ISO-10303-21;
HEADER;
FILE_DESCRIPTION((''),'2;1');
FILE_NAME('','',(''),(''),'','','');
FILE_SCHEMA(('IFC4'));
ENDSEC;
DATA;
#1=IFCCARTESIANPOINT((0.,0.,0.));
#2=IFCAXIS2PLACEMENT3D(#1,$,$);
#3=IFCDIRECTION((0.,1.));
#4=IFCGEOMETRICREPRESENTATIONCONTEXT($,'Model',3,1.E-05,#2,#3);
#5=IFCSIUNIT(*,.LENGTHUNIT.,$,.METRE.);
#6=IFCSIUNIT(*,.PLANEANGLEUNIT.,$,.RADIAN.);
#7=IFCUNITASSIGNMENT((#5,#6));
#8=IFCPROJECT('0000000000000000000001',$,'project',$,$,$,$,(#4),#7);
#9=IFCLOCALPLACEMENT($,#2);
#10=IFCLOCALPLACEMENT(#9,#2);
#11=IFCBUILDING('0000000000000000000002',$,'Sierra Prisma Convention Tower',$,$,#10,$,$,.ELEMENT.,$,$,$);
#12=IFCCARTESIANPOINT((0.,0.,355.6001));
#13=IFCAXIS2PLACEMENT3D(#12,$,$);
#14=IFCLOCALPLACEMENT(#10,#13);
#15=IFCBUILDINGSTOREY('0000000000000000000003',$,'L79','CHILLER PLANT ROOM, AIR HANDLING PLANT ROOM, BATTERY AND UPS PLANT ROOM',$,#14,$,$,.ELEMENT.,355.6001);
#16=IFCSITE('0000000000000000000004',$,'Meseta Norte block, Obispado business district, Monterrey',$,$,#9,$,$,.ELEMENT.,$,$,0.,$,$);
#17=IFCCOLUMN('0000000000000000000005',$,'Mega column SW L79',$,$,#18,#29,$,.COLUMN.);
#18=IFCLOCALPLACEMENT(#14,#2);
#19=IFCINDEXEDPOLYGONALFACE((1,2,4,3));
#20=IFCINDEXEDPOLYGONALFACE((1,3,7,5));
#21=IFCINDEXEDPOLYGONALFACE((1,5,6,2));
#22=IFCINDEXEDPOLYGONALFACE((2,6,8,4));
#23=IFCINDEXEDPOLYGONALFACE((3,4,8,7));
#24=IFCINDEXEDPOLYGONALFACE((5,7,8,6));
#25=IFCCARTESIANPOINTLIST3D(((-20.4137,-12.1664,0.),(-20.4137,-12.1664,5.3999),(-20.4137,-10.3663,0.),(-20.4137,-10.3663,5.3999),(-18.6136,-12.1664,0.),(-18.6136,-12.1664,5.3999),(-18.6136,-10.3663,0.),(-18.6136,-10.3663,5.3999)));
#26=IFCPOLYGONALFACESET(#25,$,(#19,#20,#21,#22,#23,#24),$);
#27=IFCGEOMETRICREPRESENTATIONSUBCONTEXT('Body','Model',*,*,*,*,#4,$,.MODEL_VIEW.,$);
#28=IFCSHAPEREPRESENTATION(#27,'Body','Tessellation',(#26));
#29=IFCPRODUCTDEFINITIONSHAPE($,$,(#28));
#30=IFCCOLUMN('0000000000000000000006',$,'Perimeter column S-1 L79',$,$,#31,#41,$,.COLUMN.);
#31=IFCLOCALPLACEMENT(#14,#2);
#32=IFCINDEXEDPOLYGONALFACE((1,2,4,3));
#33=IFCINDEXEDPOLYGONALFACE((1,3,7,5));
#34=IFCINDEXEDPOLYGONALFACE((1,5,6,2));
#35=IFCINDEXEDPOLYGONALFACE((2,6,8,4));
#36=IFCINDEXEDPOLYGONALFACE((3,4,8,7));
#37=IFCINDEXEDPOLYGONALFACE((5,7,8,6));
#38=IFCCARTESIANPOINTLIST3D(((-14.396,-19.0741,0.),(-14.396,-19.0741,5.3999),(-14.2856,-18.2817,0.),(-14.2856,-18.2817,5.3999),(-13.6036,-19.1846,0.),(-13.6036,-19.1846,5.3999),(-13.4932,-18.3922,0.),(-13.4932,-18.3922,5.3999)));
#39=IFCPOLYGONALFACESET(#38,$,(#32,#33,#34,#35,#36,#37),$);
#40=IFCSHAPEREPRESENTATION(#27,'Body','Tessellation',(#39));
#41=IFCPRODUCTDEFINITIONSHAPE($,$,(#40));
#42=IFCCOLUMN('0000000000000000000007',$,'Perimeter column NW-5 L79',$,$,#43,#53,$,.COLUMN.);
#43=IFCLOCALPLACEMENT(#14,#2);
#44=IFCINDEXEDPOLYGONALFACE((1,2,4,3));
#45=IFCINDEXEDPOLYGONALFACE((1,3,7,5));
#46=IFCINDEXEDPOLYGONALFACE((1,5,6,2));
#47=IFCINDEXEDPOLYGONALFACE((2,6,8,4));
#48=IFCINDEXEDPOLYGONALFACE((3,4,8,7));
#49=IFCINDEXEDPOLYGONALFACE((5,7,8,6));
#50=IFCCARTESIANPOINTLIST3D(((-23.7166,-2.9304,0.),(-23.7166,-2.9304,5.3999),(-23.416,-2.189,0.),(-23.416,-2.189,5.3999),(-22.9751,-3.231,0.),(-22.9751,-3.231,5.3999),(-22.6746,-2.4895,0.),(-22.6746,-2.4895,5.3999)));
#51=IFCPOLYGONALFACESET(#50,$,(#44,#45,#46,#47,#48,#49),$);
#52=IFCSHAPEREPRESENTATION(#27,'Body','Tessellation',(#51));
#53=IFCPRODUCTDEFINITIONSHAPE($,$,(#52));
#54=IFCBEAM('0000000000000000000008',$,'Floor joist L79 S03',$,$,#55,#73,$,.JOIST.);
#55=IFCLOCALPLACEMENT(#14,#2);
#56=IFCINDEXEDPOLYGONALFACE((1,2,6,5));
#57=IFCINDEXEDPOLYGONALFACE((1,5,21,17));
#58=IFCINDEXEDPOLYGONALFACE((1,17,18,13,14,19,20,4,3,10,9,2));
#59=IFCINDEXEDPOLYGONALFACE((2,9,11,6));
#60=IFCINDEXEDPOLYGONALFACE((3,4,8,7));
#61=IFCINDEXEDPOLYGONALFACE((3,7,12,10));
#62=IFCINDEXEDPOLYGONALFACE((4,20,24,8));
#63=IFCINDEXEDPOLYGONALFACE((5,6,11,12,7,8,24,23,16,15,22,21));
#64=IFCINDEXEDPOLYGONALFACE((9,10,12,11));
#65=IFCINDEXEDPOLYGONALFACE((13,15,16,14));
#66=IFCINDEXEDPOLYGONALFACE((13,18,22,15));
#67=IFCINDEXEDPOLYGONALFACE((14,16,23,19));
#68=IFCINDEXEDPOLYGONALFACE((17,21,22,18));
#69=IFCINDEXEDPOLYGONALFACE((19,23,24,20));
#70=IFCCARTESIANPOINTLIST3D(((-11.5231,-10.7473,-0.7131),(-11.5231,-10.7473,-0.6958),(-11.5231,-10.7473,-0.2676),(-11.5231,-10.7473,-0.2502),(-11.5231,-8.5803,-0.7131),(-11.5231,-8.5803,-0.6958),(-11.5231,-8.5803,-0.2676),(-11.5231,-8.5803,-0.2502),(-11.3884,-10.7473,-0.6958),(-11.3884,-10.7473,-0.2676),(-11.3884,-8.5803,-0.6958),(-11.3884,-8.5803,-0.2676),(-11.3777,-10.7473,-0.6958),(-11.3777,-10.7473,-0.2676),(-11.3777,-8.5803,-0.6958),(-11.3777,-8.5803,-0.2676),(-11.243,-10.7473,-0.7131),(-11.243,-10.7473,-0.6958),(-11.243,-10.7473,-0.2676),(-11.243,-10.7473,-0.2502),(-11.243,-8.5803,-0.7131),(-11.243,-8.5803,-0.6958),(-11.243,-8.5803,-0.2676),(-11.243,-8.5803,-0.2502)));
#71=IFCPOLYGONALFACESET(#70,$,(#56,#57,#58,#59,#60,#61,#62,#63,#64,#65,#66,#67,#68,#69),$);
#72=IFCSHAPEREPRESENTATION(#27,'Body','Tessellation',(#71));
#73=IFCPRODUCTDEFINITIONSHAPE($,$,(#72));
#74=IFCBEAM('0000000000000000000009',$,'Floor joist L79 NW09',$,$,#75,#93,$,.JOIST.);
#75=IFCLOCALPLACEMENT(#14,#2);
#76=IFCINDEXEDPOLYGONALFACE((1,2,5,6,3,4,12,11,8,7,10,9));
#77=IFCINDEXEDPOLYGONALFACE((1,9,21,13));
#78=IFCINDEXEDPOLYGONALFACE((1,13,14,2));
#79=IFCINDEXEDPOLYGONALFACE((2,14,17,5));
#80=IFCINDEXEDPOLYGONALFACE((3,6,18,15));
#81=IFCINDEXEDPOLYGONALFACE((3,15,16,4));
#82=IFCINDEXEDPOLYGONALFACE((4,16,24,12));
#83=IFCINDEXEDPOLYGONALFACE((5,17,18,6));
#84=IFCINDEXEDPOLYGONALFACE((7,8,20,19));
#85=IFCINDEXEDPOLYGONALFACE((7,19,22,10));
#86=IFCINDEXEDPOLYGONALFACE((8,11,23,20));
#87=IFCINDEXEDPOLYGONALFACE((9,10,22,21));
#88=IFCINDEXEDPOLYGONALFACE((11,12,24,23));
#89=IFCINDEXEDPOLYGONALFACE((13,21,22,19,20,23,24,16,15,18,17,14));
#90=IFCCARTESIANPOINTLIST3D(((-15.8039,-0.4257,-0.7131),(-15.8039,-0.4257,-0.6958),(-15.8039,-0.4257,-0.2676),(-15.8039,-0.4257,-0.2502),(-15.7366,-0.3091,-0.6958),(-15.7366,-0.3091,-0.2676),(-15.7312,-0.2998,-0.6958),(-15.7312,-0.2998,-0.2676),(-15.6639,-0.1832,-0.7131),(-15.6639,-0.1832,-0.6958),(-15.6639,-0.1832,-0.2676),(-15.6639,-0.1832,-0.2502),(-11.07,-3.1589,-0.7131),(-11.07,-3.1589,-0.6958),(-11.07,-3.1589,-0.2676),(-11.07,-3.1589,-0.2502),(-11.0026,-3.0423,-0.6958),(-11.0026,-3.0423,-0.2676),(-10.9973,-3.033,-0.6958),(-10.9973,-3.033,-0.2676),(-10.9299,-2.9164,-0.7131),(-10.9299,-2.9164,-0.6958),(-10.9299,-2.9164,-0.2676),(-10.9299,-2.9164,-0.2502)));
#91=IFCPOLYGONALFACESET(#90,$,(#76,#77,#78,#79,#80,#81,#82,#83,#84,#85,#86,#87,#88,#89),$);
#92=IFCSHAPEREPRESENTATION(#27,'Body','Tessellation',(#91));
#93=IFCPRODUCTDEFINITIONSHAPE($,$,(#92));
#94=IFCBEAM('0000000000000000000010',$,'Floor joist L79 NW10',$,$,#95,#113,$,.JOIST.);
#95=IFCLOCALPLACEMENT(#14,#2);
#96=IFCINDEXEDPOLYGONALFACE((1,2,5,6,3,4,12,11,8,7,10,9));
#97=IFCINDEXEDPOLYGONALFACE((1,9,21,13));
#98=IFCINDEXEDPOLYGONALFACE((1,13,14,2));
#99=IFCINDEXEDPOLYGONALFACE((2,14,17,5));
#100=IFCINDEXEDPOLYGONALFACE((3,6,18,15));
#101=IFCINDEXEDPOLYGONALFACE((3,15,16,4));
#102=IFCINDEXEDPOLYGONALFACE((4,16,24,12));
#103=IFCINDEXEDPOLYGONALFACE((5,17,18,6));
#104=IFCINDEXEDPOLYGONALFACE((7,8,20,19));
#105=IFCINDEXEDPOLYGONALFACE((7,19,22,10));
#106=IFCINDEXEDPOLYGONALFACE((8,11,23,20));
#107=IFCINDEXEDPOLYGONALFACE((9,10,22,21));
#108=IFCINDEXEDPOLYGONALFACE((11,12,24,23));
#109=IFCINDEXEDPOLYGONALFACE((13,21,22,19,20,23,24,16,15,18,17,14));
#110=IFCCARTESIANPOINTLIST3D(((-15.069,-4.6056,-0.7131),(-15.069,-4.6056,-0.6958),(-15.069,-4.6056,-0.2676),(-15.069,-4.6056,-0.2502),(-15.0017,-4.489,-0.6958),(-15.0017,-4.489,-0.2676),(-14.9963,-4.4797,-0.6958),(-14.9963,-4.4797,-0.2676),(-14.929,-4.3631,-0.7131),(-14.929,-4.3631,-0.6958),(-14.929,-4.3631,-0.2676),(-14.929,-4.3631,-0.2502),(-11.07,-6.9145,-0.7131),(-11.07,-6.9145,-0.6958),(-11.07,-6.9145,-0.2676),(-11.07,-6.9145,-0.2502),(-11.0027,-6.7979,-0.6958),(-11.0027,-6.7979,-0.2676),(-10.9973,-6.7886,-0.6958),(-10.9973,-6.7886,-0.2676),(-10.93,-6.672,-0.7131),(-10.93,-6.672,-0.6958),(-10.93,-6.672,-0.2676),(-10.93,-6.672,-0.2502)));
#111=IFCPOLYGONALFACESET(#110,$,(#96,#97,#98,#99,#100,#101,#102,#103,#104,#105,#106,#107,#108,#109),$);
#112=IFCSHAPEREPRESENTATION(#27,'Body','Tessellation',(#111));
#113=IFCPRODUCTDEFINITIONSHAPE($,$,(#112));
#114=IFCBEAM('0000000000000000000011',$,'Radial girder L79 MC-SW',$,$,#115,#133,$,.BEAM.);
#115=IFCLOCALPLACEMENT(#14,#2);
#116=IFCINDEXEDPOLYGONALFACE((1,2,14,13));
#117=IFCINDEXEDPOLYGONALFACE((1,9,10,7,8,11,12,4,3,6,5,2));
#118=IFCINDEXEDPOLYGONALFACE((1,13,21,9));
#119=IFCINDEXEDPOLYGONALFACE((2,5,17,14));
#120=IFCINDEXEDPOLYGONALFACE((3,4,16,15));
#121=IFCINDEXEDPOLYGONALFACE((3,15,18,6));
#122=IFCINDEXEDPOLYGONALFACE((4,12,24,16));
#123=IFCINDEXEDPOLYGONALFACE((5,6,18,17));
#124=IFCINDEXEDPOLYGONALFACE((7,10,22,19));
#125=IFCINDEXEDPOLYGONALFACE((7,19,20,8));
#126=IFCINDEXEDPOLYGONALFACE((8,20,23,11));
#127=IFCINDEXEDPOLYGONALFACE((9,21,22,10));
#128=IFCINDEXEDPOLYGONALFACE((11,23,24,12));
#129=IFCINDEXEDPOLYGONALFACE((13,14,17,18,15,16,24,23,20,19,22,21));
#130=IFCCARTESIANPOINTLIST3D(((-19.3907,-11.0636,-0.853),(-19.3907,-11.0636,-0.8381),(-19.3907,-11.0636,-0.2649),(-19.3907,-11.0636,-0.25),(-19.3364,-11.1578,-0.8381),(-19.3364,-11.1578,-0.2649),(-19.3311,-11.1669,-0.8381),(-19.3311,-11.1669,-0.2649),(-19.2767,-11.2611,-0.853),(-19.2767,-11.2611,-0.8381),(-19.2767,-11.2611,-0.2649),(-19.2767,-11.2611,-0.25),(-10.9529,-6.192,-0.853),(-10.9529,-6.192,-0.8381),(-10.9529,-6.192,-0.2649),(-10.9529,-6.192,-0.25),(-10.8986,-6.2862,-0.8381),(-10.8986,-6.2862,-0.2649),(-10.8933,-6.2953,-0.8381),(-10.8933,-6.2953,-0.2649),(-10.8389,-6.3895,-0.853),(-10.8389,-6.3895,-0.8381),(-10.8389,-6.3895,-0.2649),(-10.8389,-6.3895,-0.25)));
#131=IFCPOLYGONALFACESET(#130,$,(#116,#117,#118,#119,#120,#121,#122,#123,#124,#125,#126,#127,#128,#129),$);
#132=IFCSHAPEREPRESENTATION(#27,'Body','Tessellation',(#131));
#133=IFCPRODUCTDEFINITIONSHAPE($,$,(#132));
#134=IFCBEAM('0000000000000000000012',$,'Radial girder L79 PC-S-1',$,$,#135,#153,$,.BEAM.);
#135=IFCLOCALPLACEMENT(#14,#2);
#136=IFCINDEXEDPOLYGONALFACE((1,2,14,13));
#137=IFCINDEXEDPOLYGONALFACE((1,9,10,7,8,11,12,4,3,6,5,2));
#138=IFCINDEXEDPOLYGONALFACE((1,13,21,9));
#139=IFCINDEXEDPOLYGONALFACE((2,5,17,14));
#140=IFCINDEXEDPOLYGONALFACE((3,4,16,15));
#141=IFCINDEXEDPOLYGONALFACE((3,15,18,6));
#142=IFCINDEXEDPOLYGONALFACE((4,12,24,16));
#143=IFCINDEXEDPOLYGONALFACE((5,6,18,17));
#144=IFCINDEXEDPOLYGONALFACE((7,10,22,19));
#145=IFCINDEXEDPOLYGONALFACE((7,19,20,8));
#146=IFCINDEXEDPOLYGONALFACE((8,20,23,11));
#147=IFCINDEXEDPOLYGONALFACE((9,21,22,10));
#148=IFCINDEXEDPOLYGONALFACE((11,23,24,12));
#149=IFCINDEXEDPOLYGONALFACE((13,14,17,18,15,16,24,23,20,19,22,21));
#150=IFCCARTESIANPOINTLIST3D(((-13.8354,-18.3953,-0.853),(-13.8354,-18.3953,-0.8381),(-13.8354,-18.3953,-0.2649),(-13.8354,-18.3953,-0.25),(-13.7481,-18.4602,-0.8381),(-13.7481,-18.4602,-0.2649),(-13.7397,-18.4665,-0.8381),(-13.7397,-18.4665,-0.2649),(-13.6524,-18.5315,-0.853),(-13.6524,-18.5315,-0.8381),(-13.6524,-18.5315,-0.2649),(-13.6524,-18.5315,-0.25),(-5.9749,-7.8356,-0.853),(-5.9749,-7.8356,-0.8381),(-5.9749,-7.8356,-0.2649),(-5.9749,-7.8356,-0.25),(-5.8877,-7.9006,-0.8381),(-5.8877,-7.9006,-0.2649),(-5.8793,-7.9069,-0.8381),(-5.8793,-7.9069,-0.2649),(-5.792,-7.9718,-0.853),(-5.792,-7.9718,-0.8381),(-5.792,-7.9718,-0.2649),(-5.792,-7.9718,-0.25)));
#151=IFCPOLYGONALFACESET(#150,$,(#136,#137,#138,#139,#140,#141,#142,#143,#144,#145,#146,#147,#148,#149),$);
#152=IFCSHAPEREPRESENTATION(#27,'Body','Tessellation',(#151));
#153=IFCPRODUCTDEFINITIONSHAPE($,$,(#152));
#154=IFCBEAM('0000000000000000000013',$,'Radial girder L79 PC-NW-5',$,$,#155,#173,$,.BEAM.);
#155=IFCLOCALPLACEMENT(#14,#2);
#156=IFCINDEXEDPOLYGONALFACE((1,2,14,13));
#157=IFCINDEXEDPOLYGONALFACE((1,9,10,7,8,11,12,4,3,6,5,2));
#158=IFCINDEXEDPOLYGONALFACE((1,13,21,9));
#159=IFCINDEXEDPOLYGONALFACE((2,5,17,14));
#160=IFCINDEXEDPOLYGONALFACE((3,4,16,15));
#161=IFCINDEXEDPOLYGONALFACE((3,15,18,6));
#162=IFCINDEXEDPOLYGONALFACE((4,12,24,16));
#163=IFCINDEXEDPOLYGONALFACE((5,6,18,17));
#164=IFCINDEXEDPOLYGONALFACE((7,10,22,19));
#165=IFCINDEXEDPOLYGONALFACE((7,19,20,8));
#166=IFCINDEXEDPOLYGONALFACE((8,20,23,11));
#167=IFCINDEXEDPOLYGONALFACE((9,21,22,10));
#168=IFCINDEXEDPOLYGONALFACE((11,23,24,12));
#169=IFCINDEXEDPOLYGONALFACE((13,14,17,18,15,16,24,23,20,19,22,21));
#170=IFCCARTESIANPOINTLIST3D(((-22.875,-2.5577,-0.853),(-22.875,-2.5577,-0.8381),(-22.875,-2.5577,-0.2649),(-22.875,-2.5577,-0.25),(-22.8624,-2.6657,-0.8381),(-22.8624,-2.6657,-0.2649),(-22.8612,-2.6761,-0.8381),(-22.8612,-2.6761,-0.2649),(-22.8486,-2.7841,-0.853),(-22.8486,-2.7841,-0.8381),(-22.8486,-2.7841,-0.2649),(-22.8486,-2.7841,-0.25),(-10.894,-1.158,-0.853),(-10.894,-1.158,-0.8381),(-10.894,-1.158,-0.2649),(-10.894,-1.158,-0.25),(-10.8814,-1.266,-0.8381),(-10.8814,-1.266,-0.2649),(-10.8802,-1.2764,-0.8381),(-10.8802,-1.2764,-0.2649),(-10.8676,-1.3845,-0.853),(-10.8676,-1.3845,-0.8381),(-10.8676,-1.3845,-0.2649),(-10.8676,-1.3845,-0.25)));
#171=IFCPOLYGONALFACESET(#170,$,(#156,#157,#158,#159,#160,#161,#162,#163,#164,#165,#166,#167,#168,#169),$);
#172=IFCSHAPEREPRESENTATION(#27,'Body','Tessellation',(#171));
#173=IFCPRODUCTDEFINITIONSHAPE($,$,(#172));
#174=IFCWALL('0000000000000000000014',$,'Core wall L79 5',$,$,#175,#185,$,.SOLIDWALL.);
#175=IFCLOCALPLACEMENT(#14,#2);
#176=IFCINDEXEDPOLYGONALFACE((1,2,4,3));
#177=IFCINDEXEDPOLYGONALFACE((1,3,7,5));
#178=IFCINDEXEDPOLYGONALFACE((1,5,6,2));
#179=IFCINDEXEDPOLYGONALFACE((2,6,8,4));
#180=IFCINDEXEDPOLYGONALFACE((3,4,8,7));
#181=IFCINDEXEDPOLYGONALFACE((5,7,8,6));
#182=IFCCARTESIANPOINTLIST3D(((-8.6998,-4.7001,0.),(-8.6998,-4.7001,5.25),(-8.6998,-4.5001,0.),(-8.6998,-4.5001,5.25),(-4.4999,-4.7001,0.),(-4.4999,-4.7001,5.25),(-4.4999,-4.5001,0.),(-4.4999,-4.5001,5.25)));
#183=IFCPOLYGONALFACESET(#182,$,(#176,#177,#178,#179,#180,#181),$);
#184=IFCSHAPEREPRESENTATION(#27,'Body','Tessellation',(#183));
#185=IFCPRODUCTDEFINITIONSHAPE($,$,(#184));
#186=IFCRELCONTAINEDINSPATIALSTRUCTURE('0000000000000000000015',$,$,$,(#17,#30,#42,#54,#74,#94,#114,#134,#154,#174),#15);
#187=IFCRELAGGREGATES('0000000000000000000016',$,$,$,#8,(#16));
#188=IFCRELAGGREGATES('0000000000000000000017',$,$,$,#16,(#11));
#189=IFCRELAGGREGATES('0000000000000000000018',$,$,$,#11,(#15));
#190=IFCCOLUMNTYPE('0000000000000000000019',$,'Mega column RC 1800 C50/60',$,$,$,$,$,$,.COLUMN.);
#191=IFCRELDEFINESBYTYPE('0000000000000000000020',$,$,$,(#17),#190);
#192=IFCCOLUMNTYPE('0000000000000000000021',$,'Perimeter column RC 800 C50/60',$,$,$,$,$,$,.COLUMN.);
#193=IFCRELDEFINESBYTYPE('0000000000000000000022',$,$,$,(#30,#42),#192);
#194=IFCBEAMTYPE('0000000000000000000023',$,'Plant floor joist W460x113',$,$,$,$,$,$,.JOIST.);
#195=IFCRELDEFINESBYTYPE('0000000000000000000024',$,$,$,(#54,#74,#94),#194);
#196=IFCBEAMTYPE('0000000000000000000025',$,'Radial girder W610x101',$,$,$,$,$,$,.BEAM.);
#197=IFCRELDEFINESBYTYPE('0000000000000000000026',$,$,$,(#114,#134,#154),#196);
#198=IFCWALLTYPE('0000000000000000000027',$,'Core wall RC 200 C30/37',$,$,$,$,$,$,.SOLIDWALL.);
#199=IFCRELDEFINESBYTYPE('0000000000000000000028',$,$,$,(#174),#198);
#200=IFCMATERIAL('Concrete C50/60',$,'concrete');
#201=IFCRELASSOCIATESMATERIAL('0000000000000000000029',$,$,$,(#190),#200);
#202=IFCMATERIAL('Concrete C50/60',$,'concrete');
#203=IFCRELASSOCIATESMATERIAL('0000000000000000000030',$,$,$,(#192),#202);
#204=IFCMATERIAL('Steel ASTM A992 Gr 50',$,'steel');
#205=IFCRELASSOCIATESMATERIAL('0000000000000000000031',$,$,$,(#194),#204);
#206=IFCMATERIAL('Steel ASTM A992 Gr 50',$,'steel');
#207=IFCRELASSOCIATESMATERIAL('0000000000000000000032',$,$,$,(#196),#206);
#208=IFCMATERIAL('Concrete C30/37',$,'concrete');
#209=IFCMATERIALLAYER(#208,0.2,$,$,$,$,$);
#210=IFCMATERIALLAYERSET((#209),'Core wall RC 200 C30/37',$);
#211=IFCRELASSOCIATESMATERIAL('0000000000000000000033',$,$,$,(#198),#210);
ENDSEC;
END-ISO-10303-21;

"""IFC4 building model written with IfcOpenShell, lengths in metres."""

from ifc_helpers import new_model, si_unit, direction, frame, frame_2d, origin, origin_2d, place, context, subcontext, project, spatial, rectangle, i_section, extrude, material, layer, layer_set, material_profile, profile_set, type_object, element, save


model = new_model("IFC4")

# Units and contexts
model_context = context("Model", 3, precision=1e-05, world=origin(), true_north=direction((0.0, 1.0)))
body_context = subcontext(model_context, "Body", "Model", "MODEL_VIEW")
ifc_project = project(units=[si_unit("LENGTHUNIT", "METRE"), si_unit("PLANEANGLEUNIT", "RADIAN")], contexts=[model_context])

# Site, building, storey
site_placement = place(None, origin())
site = spatial("IfcSite", under=ifc_project, at=site_placement, Name="Meseta Norte block, Obispado business district, Monterrey", CompositionType="ELEMENT", RefElevation=0.0)
building_placement = place(site_placement, origin())
building = spatial("IfcBuilding", under=site, at=building_placement, Name="Sierra Prisma Convention Tower", CompositionType="ELEMENT")
storey_placement = place(building_placement, frame((0.0, 0.0, 355.6001)))
storey = spatial("IfcBuildingStorey", under=building, at=storey_placement, Name="L79", Description="CHILLER PLANT ROOM, AIR HANDLING PLANT ROOM, BATTERY AND UPS PLANT ROOM", CompositionType="ELEMENT", Elevation=355.6001)

# Columns
ifc_material_1 = material(Name="Concrete C50/60", Category="concrete")
ifc_material_profile_1 = material_profile(ifc_material_1, rectangle(XDim=1.8, YDim=1.8, at=origin_2d()), Name="Mega column RC 1800 C50/60")
ifc_profile_set_1 = profile_set([ifc_material_profile_1], Name="Concrete C50/60")
column_type_1 = type_object("IfcColumnType", Name="Mega column RC 1800 C50/60", PredefinedType="COLUMN", material=ifc_profile_set_1)
column_placement = place(storey_placement, frame((-19.5137, -11.2664, 0.0), z_axis=(0.0, 0.0, 1.0), x_axis=(1.0, 0.0, 0.0)))
element("IfcColumn", 1, at=column_placement, inside=storey, type_object=column_type_1, Name="Mega column SW L79", PredefinedType="COLUMN", context=body_context, shape_type="SweptSolid", body=[
    extrude(rectangle(XDim=1.8, YDim=1.8, at=origin_2d()), origin(), (0.0, 0.0, 1.0), 5.3999),
])
ifc_material_2 = material(Name="Concrete C50/60", Category="concrete")
ifc_material_profile_2 = material_profile(ifc_material_2, rectangle(XDim=0.8, YDim=0.8, at=origin_2d()), Name="Perimeter column RC 800 C50/60")
ifc_profile_set_2 = profile_set([ifc_material_profile_2], Name="Concrete C50/60")
column_type_2 = type_object("IfcColumnType", Name="Perimeter column RC 800 C50/60", PredefinedType="COLUMN", material=ifc_profile_set_2)
for number, where, z_axis, x_axis, name in (
    (2, (-13.9446, -18.7332, 0.0), (0.0, 0.0, 1.0), (-0.990429, 0.13802, 0.0), "Perimeter column S-1 L79"),
    (3, (-23.1956, -2.71, 0.0), (0.0, 0.0, 1.0), (0.375686, 0.926747, 0.0), "Perimeter column NW-5 L79"),
):
    element("IfcColumn", number, at=place(storey_placement, frame(where, z_axis=z_axis, x_axis=x_axis)), inside=storey, type_object=column_type_2, Name=name, PredefinedType="COLUMN", context=body_context, shape_type="SweptSolid", body=[
        extrude(rectangle(XDim=0.8, YDim=0.8, at=origin_2d()), origin(), (0.0, 0.0, 1.0), 5.3999),
    ])

# Beams
ifc_material_3 = material(Name="Steel ASTM A992 Gr 50", Category="steel")
ifc_material_profile_3 = material_profile(ifc_material_3, i_section(OverallWidth=0.28, OverallDepth=0.4629, WebThickness=0.0107, FlangeThickness=0.0173, at=origin_2d()), Name="W460x113")
ifc_profile_set_3 = profile_set([ifc_material_profile_3], Name="Steel ASTM A992 Gr 50")
beam_type_1 = type_object("IfcBeamType", Name="Plant floor joist W460x113", PredefinedType="JOIST", material=ifc_profile_set_3)
beam_1_placement = place(storey_placement, frame((-11.3831, -10.7473, -0.4817), z_axis=(0.0, 1.0, 0.0), x_axis=(-1.0, 0.0, 0.0)))
element("IfcBeam", 4, at=beam_1_placement, inside=storey, type_object=beam_type_1, Name="Floor joist L79 S03", PredefinedType="JOIST", context=body_context, shape_type="SweptSolid", body=[
    extrude(i_section(OverallWidth=0.28, OverallDepth=0.4629, WebThickness=0.0107, FlangeThickness=0.0173, at=origin_2d()), origin(), (0.0, 0.0, 1.0), 2.167),
])
beam_2_placement = place(storey_placement, frame((-15.7339, -0.3044, -0.4817), z_axis=(0.866022, -0.500006, 0.0), x_axis=(0.500006, 0.866022, 0.0)))
element("IfcBeam", 5, at=beam_2_placement, inside=storey, type_object=beam_type_1, Name="Floor joist L79 NW09", PredefinedType="JOIST", context=body_context, shape_type="SweptSolid", body=[
    extrude(i_section(OverallWidth=0.28, OverallDepth=0.4629, WebThickness=0.0107, FlangeThickness=0.0173, at=origin_2d()), origin(), (0.0, 0.0, 1.0), 5.4663),
])
beam_3_placement = place(storey_placement, frame((-14.999, -4.4844, -0.4817), z_axis=(0.866025, -0.5, 0.0), x_axis=(0.5, 0.866025, 0.0)))
element("IfcBeam", 6, at=beam_3_placement, inside=storey, type_object=beam_type_1, Name="Floor joist L79 NW10", PredefinedType="JOIST", context=body_context, shape_type="SweptSolid", body=[
    extrude(i_section(OverallWidth=0.28, OverallDepth=0.4629, WebThickness=0.0107, FlangeThickness=0.0173, at=origin_2d()), origin(), (0.0, 0.0, 1.0), 4.6177),
])
ifc_material_4 = material(Name="Steel ASTM A992 Gr 50", Category="steel")
ifc_material_profile_4 = material_profile(ifc_material_4, i_section(OverallWidth=0.228, OverallDepth=0.603, WebThickness=0.0105, FlangeThickness=0.0149, at=origin_2d()), Name="W610x101")
ifc_profile_set_4 = profile_set([ifc_material_profile_4], Name="Steel ASTM A992 Gr 50")
beam_type_2 = type_object("IfcBeamType", Name="Radial girder W610x101", PredefinedType="BEAM", material=ifc_profile_set_4)
beam_4_placement = place(storey_placement, frame((-19.3337, -11.1624, -0.5515), z_axis=(0.866023, 0.500004, 0.0), x_axis=(-0.500004, 0.866023, 0.0)))
element("IfcBeam", 7, at=beam_4_placement, inside=storey, type_object=beam_type_2, Name="Radial girder L79 MC-SW", PredefinedType="BEAM", context=body_context, shape_type="SweptSolid", body=[
    extrude(i_section(OverallWidth=0.228, OverallDepth=0.603, WebThickness=0.0105, FlangeThickness=0.0149, at=origin_2d()), origin(), (0.0, 0.0, 1.0), 9.7432),
])
beam_5_placement = place(storey_placement, frame((-13.7439, -18.4634, -0.5515), z_axis=(0.597112, 0.802158, 0.0), x_axis=(-0.802158, 0.597112, 0.0)))
element("IfcBeam", 8, at=beam_5_placement, inside=storey, type_object=beam_type_2, Name="Radial girder L79 PC-S-1", PredefinedType="BEAM", context=body_context, shape_type="SweptSolid", body=[
    extrude(i_section(OverallWidth=0.228, OverallDepth=0.603, WebThickness=0.0105, FlangeThickness=0.0149, at=origin_2d()), origin(), (0.0, 0.0, 1.0), 13.1641),
])
beam_6_placement = place(storey_placement, frame((-22.8618, -2.6709, -0.5515), z_axis=(0.993245, 0.116034, 0.0), x_axis=(-0.116034, 0.993245, 0.0)))
element("IfcBeam", 9, at=beam_6_placement, inside=storey, type_object=beam_type_2, Name="Radial girder L79 PC-NW-5", PredefinedType="BEAM", context=body_context, shape_type="SweptSolid", body=[
    extrude(i_section(OverallWidth=0.228, OverallDepth=0.603, WebThickness=0.0105, FlangeThickness=0.0149, at=origin_2d()), origin(), (0.0, 0.0, 1.0), 12.0625),
])

# Shared definitions
ifc_material_5 = material(Name="Concrete C30/37", Category="concrete")
ifc_layer_1 = layer(ifc_material_5, 0.2)
ifc_layer_set_1 = layer_set([ifc_layer_1], Name="Core wall RC 200 C30/37")
wall_type_1 = type_object("IfcWallType", Name="Core wall RC 200 C30/37", PredefinedType="SOLIDWALL", material=ifc_layer_set_1)

# Wall
wall_1_placement = place(storey_placement, frame((-8.7, -4.6001, 0.0), z_axis=(0.0, 0.0, 1.0), x_axis=(1.0, 0.0, 0.0)))
element("IfcWall", 10, at=wall_1_placement, inside=storey, type_object=wall_type_1, Name="Core wall L79 5", PredefinedType="SOLIDWALL", context=body_context, shape_type="SweptSolid", body=[
    extrude(rectangle(XDim=4.2, YDim=0.2, at=frame_2d((2.1001, 0.0))), origin(), (0.0, 0.0, 1.0), 5.25),
])

save(model, "model.ifc")
